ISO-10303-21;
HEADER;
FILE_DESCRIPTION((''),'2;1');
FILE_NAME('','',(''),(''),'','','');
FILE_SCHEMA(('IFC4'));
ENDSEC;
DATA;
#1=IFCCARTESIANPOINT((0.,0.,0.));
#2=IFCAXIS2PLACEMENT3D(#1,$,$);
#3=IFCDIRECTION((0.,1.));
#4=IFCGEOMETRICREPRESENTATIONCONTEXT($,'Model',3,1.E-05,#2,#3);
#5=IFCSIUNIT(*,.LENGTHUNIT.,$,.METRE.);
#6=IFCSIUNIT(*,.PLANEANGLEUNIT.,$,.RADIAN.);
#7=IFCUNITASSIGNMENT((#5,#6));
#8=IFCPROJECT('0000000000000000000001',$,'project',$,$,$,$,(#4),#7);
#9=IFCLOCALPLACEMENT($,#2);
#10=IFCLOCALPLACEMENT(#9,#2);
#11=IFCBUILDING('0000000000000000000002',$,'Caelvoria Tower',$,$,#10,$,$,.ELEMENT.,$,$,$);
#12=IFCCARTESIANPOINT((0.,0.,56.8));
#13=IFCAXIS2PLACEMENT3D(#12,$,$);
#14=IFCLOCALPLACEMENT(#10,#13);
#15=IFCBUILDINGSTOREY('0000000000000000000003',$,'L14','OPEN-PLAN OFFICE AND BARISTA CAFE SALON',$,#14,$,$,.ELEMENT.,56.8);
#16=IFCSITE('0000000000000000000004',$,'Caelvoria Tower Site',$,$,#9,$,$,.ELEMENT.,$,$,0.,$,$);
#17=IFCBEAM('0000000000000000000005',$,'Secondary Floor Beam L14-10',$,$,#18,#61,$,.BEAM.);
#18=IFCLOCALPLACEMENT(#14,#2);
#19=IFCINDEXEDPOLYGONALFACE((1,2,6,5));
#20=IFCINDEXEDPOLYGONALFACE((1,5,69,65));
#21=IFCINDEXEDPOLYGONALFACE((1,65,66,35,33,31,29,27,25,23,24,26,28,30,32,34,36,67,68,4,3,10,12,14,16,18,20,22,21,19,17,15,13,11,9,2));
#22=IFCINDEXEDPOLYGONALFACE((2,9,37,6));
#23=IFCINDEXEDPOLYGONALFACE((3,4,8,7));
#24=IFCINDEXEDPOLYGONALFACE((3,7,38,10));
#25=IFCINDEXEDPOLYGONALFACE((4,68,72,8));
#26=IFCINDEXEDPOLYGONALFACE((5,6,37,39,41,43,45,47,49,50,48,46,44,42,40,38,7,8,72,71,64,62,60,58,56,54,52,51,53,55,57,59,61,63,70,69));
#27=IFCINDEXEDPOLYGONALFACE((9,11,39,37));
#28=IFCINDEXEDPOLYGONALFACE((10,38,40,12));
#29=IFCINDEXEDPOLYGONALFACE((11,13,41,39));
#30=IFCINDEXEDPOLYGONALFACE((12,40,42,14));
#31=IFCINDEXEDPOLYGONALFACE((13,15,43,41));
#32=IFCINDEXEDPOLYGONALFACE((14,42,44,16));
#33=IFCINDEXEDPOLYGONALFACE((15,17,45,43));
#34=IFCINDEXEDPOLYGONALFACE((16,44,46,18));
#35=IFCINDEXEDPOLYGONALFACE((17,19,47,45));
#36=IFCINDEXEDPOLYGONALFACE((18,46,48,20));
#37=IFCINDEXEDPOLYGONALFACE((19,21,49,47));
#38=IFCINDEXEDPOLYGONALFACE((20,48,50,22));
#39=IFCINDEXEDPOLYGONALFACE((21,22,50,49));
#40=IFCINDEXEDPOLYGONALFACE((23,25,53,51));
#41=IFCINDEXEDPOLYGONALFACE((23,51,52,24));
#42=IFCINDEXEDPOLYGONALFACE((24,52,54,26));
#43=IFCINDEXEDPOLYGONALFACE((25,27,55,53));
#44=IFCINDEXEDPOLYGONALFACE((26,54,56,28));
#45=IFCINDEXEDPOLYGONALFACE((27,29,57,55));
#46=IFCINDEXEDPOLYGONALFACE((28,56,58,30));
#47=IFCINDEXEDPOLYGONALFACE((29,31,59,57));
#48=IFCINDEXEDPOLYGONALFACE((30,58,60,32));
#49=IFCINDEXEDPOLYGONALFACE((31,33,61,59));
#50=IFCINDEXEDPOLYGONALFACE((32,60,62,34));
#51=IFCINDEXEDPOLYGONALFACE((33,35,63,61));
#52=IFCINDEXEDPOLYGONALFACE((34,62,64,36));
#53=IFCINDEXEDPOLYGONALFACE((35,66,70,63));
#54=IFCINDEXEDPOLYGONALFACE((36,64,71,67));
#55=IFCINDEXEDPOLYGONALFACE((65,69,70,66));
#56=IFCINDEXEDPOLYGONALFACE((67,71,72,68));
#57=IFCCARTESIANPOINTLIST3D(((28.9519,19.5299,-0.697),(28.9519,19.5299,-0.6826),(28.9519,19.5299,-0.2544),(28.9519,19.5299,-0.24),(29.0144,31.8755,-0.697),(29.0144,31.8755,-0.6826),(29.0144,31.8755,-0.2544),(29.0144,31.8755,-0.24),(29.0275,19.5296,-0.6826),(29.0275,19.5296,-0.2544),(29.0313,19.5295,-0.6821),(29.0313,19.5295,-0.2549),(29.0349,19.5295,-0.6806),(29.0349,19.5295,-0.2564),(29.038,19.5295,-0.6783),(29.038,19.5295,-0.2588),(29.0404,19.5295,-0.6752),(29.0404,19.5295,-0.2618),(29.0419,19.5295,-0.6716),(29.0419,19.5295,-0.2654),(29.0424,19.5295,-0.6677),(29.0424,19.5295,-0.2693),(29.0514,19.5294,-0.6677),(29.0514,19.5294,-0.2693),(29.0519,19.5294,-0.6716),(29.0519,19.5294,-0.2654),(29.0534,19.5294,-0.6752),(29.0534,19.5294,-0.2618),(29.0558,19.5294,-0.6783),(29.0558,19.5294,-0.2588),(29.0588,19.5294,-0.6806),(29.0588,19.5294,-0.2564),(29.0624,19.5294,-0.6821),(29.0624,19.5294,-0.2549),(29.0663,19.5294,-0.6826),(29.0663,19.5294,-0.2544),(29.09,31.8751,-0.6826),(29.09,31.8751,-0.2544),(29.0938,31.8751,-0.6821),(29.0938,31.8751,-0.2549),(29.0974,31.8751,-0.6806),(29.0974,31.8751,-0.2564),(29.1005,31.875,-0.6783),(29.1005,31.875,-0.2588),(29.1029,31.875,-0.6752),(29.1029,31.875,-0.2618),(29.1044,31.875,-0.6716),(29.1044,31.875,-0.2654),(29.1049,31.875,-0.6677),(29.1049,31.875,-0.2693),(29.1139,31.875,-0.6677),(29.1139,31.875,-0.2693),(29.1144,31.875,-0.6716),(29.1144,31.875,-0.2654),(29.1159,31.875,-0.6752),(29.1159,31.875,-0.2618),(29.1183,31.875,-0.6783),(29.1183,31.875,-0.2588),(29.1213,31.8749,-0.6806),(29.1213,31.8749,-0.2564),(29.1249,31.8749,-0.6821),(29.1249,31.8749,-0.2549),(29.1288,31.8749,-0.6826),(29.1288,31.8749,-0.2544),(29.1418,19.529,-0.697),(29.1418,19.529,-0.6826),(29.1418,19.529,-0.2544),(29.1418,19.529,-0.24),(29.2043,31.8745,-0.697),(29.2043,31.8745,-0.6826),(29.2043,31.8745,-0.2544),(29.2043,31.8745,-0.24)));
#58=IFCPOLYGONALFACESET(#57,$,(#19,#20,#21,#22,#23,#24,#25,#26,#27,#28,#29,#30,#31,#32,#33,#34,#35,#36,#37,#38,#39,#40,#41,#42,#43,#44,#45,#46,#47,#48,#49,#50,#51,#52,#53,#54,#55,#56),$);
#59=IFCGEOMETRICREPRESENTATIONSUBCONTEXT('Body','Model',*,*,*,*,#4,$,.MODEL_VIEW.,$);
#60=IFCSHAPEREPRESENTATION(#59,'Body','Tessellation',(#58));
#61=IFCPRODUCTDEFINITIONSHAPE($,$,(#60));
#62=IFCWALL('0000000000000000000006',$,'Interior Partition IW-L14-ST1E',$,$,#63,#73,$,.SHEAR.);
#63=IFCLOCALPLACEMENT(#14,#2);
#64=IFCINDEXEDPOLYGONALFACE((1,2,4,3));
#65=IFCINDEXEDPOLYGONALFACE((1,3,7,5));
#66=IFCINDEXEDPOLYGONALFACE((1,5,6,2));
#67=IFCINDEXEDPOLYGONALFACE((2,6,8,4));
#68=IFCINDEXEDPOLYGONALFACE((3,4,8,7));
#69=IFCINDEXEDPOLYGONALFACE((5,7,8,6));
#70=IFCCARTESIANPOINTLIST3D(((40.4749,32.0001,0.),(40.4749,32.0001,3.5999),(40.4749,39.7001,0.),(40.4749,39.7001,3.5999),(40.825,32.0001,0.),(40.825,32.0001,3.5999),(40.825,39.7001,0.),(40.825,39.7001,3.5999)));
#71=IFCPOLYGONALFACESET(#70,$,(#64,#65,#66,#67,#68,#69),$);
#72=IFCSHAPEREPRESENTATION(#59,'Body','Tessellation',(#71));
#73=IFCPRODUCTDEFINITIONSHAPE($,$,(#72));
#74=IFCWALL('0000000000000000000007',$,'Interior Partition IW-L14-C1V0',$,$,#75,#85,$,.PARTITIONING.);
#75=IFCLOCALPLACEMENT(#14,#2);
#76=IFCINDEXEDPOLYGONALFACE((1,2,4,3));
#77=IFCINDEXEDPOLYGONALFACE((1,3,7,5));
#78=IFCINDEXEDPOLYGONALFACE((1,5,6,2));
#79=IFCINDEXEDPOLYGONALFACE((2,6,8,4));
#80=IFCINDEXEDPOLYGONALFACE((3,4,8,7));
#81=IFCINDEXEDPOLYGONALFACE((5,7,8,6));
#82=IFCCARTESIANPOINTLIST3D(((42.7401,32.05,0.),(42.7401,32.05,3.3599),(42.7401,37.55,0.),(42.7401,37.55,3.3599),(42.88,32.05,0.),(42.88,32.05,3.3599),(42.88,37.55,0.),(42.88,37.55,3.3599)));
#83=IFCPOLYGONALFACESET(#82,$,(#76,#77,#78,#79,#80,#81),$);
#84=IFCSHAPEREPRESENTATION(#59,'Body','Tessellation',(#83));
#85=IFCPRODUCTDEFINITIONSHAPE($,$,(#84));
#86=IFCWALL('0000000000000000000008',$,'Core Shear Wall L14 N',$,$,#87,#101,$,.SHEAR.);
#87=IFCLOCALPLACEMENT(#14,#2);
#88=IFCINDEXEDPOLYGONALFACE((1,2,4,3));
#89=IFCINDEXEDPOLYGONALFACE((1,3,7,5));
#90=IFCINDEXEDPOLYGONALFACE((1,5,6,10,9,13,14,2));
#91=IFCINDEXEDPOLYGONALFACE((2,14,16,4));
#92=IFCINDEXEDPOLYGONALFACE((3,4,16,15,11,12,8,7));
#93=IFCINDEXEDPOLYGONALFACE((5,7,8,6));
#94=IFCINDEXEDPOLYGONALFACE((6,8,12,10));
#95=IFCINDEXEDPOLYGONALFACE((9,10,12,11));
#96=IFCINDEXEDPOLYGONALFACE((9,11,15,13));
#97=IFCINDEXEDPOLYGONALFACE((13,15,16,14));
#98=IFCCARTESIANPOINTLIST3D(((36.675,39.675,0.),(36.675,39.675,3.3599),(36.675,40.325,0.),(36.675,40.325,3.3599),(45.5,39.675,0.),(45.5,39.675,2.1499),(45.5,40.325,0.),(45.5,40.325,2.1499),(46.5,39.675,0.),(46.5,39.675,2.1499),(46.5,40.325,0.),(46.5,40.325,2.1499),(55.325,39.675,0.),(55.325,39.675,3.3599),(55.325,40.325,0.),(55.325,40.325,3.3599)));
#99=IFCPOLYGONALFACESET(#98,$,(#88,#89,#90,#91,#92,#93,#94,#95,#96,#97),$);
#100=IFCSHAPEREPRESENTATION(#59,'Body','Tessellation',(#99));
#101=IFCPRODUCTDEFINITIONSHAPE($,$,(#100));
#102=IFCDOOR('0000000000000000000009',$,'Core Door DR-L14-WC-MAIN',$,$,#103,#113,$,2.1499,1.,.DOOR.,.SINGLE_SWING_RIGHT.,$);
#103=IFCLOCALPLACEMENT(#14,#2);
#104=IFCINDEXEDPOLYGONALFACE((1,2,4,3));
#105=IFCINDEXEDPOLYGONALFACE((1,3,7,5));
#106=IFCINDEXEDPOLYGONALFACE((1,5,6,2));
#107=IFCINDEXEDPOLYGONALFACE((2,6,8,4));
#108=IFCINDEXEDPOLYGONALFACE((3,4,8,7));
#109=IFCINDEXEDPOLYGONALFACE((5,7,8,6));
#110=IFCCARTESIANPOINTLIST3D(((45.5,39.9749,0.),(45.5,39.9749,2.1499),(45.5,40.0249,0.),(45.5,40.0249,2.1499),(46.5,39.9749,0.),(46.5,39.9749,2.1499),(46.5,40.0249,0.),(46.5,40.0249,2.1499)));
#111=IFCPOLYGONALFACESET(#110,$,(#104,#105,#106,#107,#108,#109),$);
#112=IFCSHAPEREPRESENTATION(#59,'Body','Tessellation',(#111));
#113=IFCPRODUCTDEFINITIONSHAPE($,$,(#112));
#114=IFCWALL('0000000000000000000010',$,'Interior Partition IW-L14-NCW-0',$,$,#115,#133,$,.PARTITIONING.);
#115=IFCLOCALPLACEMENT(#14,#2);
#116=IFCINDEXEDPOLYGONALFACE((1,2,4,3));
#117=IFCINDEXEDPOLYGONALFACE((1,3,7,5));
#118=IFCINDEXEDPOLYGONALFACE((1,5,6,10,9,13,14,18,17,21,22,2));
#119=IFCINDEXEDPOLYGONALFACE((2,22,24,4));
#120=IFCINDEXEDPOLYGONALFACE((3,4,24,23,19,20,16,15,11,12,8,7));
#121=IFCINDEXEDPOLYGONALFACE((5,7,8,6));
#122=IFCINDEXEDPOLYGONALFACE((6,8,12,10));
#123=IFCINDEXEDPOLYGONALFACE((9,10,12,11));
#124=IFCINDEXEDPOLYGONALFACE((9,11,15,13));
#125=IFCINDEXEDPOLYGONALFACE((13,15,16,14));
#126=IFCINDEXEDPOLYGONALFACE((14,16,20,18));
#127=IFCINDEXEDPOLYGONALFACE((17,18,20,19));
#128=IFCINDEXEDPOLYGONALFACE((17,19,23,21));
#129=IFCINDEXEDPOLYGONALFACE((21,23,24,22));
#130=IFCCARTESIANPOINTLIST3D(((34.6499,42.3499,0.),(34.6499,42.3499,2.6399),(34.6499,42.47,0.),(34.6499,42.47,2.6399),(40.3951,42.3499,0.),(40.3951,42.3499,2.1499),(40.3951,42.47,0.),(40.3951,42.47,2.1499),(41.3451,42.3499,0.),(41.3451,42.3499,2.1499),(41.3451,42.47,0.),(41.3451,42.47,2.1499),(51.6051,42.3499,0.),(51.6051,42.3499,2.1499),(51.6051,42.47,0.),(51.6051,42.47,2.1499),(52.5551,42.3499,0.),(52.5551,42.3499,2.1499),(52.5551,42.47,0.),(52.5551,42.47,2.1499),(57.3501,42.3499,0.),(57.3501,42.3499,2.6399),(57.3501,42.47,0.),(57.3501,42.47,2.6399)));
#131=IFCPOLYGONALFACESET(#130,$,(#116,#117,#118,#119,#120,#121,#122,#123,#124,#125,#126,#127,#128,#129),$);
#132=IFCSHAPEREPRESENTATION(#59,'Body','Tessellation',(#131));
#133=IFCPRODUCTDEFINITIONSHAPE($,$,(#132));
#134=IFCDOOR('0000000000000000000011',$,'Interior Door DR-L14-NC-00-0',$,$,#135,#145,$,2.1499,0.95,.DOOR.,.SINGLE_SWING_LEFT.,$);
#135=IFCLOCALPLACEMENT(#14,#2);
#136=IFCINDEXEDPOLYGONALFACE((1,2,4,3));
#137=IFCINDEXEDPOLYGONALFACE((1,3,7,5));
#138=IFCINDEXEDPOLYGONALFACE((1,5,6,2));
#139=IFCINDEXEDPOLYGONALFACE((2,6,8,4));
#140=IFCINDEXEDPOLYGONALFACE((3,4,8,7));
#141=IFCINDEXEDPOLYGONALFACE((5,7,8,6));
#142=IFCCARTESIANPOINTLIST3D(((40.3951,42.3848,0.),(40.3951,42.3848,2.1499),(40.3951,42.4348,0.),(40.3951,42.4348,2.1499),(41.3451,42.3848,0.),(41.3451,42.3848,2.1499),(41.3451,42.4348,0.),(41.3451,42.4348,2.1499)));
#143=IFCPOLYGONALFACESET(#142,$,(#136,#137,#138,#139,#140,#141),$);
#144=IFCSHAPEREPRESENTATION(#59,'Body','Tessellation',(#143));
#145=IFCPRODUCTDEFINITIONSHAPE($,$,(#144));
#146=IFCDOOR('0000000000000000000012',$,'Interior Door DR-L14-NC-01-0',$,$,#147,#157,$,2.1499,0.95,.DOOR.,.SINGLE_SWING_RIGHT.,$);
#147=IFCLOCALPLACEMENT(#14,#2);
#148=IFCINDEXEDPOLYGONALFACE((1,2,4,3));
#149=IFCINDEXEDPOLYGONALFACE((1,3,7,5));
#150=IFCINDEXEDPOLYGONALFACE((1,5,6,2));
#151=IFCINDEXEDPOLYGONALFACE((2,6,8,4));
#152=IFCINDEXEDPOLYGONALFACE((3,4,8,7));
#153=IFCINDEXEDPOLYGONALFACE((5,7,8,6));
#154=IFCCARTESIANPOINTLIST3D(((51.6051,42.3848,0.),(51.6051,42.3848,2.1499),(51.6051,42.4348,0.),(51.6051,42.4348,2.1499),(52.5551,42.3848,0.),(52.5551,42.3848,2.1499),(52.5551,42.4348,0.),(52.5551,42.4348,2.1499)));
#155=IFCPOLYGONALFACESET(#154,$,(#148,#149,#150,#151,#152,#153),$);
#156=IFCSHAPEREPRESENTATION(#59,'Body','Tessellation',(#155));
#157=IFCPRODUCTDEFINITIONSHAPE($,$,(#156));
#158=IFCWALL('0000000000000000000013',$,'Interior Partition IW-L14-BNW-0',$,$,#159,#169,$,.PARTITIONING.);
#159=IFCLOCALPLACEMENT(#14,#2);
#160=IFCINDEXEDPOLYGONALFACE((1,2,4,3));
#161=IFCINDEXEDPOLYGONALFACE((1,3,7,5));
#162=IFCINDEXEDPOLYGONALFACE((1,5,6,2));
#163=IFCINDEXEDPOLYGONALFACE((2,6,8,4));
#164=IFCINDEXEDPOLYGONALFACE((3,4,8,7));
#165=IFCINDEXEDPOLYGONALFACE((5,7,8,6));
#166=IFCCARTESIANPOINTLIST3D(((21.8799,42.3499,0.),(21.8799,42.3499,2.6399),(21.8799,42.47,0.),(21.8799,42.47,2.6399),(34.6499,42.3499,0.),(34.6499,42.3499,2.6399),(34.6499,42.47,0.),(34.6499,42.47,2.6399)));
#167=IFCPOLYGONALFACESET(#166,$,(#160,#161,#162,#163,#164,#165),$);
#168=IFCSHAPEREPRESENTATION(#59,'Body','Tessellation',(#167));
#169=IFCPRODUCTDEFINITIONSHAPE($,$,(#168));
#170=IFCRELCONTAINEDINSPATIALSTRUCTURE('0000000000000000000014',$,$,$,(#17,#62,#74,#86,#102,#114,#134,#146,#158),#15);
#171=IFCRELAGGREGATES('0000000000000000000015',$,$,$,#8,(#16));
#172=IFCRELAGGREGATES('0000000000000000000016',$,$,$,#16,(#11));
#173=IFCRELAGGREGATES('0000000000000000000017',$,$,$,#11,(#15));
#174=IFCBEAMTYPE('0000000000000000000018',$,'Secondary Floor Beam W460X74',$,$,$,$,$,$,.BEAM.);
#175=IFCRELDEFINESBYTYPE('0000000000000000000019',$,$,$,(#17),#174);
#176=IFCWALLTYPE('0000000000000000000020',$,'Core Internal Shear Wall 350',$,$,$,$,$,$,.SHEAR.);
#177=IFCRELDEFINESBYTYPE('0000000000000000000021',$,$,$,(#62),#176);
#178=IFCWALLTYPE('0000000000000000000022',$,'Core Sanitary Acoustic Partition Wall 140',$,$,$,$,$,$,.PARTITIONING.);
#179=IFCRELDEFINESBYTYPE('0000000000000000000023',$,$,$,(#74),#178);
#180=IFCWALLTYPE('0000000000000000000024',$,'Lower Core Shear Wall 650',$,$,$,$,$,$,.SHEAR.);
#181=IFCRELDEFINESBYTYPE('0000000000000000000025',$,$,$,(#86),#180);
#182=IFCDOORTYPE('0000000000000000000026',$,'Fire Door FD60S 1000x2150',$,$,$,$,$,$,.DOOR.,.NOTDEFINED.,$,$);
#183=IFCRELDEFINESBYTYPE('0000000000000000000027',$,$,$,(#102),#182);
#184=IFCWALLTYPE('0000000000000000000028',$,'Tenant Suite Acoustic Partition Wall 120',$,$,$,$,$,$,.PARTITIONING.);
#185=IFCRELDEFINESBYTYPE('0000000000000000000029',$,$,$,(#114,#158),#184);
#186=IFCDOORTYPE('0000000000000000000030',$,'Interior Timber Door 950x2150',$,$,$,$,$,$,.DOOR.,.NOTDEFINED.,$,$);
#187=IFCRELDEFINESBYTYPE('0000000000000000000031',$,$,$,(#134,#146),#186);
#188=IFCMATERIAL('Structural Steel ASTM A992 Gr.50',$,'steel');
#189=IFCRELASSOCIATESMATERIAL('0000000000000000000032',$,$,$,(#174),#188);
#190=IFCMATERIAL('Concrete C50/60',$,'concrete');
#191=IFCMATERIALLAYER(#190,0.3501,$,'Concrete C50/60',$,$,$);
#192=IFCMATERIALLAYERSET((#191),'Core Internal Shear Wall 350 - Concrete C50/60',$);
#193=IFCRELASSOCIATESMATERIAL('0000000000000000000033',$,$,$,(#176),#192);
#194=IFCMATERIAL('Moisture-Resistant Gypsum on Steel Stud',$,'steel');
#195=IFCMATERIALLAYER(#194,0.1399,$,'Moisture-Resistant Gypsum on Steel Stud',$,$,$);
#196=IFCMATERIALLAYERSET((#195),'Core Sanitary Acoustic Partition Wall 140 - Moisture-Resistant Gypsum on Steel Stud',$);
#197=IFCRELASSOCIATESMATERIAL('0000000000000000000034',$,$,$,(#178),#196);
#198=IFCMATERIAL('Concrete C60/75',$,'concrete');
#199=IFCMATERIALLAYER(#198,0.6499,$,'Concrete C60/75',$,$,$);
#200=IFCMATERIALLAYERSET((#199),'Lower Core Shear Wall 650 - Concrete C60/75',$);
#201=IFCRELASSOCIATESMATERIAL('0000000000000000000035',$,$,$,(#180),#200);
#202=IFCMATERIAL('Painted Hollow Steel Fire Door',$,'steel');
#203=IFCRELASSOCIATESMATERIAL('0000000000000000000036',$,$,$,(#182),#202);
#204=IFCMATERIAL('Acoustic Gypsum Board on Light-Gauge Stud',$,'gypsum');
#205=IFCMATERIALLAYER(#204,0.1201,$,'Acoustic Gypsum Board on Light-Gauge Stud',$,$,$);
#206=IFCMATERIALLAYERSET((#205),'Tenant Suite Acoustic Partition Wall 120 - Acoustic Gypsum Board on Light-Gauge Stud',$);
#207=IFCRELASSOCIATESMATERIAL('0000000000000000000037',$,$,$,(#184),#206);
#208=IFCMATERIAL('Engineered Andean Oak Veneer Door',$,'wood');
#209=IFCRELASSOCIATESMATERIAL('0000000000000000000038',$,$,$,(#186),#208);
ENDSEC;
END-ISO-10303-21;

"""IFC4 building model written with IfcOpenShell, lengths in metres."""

from ifc_helpers import new_model, si_unit, direction, frame, frame_2d, origin, origin_2d, place, context, subcontext, project, spatial, rectangle, i_section, extrude, material, layer, layer_set, material_profile, profile_set, type_object, element, fill, save


model = new_model("IFC4")

# Units and contexts
model_context = context("Model", 3, precision=1e-05, world=origin(), true_north=direction((0.0, 1.0)))
body_context = subcontext(model_context, "Body", "Model", "MODEL_VIEW")
ifc_project = project(units=[si_unit("LENGTHUNIT", "METRE"), si_unit("PLANEANGLEUNIT", "RADIAN")], contexts=[model_context])

# Site, building, storey
site_placement = place(None, origin())
site = spatial("IfcSite", under=ifc_project, at=site_placement, Name="Caelvoria Tower Site", CompositionType="ELEMENT", RefElevation=0.0)
building_placement = place(site_placement, origin())
building = spatial("IfcBuilding", under=site, at=building_placement, Name="Caelvoria Tower", CompositionType="ELEMENT")
storey_placement = place(building_placement, frame((0.0, 0.0, 56.8)))
storey = spatial("IfcBuildingStorey", under=building, at=storey_placement, Name="L14", Description="OPEN-PLAN OFFICE AND BARISTA CAFE SALON", CompositionType="ELEMENT", Elevation=56.8)

# Beam
ifc_material_1 = material(Name="Structural Steel ASTM A992 Gr.50", Category="steel")
ifc_material_profile_1 = material_profile(ifc_material_1, i_section(OverallWidth=0.1899, OverallDepth=0.457, WebThickness=0.009, FlangeThickness=0.0144, FilletRadius=0.0149, at=origin_2d()), Name="Structural Steel ASTM A992 Gr.50")
ifc_profile_set_1 = profile_set([ifc_material_profile_1], Name="W460X74 - Structural Steel ASTM A992 Gr.50")
beam_type_1 = type_object("IfcBeamType", Name="Secondary Floor Beam W460X74", PredefinedType="BEAM", material=ifc_profile_set_1)
for number, where, z_axis, x_axis, name in (
    (1, (29.1094, 31.875, -0.4685), (-0.005063, -0.999987, 0.0), (0.999987, -0.005063, 0.0), "Secondary Floor Beam L14-10"),
):
    element("IfcBeam", number, at=place(storey_placement, frame(where, z_axis=z_axis, x_axis=x_axis)), inside=storey, type_object=beam_type_1, Name=name, PredefinedType="BEAM", context=body_context, shape_type="SweptSolid", body=[
        extrude(i_section(OverallWidth=0.1899, OverallDepth=0.457, WebThickness=0.009, FlangeThickness=0.0144, FilletRadius=0.0149, at=origin_2d()), origin(), (0.0, 0.0, 1.0), 12.3457),
    ])

# Walls
ifc_material_2 = material(Name="Concrete C50/60", Category="concrete")
ifc_layer_1 = layer(ifc_material_2, 0.3501, Name="Concrete C50/60")
ifc_layer_set_1 = layer_set([ifc_layer_1], Name="Core Internal Shear Wall 350 - Concrete C50/60")
wall_type_1 = type_object("IfcWallType", Name="Core Internal Shear Wall 350", PredefinedType="SHEAR", material=ifc_layer_set_1)
wall_1_placement = place(storey_placement, frame((40.6499, 32.0, 0.0), z_axis=(0.0, 0.0, 1.0), x_axis=(0.0, 1.0, 0.0)))
element("IfcWall", 2, at=wall_1_placement, inside=storey, type_object=wall_type_1, Name="Interior Partition IW-L14-ST1E", PredefinedType="SHEAR", context=body_context, shape_type="SweptSolid", body=[
    extrude(rectangle(XDim=7.7, YDim=0.3501, at=frame_2d((3.8501, 0.0))), origin(), (0.0, 0.0, 1.0), 3.5999),
])
ifc_material_3 = material(Name="Moisture-Resistant Gypsum on Steel Stud", Category="steel")
ifc_layer_2 = layer(ifc_material_3, 0.1399, Name="Moisture-Resistant Gypsum on Steel Stud")
ifc_layer_set_2 = layer_set([ifc_layer_2], Name="Core Sanitary Acoustic Partition Wall 140 - Moisture-Resistant Gypsum on Steel Stud")
wall_type_2 = type_object("IfcWallType", Name="Core Sanitary Acoustic Partition Wall 140", PredefinedType="PARTITIONING", material=ifc_layer_set_2)
wall_2_placement = place(storey_placement, frame((42.8101, 32.05, 0.0), z_axis=(0.0, 0.0, 1.0), x_axis=(0.0, 1.0, 0.0)))
element("IfcWall", 3, at=wall_2_placement, inside=storey, type_object=wall_type_2, Name="Interior Partition IW-L14-C1V0", PredefinedType="PARTITIONING", context=body_context, shape_type="SweptSolid", body=[
    extrude(rectangle(XDim=5.5, YDim=0.1399, at=frame_2d((2.75, 0.0))), origin(), (0.0, 0.0, 1.0), 3.3599),
])

# Shared definitions
ifc_material_4 = material(Name="Engineered Andean Oak Veneer Door", Category="wood")

# Wall, opening, door
ifc_material_5 = material(Name="Concrete C60/75", Category="concrete")
ifc_layer_3 = layer(ifc_material_5, 0.6499, Name="Concrete C60/75")
ifc_layer_set_3 = layer_set([ifc_layer_3], Name="Lower Core Shear Wall 650 - Concrete C60/75")
wall_type_3 = type_object("IfcWallType", Name="Lower Core Shear Wall 650", PredefinedType="SHEAR", material=ifc_layer_set_3)
wall_3_placement = place(storey_placement, frame((36.675, 40.0, 0.0), z_axis=(0.0, 0.0, 1.0), x_axis=(1.0, 0.0, 0.0)))
wall_3 = element("IfcWall", 4, at=wall_3_placement, inside=storey, type_object=wall_type_3, Name="Core Shear Wall L14 N", PredefinedType="SHEAR", context=body_context, shape_type="SweptSolid", body=[
    extrude(rectangle(XDim=18.6499, YDim=0.6499, at=frame_2d((9.325, 0.0))), origin(), (0.0, 0.0, 1.0), 3.3599),
])
opening_1_placement = place(wall_3_placement, frame((8.825, 0.0, 0.0)))
opening_1 = element("IfcOpeningElement", 5, at=opening_1_placement, cuts=wall_3, PredefinedType="OPENING", context=body_context, shape_type="SweptSolid", body=[
    extrude(rectangle(XDim=1.0, YDim=2.1499, at=frame_2d((0.5, 1.075))), frame((0.0, 0.335, 0.0), z_axis=(0.0, -1.0, 0.0), x_axis=(1.0, 0.0, 0.0)), (0.0, 0.0, 1.0), 0.6699),
])
ifc_material_6 = material(Name="Painted Hollow Steel Fire Door", Category="steel")
door_type_1 = type_object("IfcDoorType", Name="Fire Door FD60S 1000x2150", OperationType="NOTDEFINED", PredefinedType="DOOR", material=ifc_material_6)
door_1_placement = place(opening_1_placement, origin())
door_1 = element("IfcDoor", 6, at=door_1_placement, inside=storey, type_object=door_type_1, Name="Core Door DR-L14-WC-MAIN", OperationType="SINGLE_SWING_RIGHT", OverallHeight=2.1499, OverallWidth=1.0, PredefinedType="DOOR", context=body_context, shape_type="SweptSolid", body=[
    extrude(rectangle(XDim=1.0, YDim=2.1499, at=frame_2d((0.5, 1.075))), frame((0.0, 0.0249, 0.0), z_axis=(0.0, -1.0, 0.0), x_axis=(1.0, 0.0, 0.0)), (0.0, 0.0, 1.0), 0.05),
])
fill(opening_1, door_1)

# Wall, openings, doors
ifc_material_7 = material(Name="Acoustic Gypsum Board on Light-Gauge Stud", Category="gypsum")
ifc_layer_4 = layer(ifc_material_7, 0.1201, Name="Acoustic Gypsum Board on Light-Gauge Stud")
ifc_layer_set_4 = layer_set([ifc_layer_4], Name="Tenant Suite Acoustic Partition Wall 120 - Acoustic Gypsum Board on Light-Gauge Stud")
wall_type_4 = type_object("IfcWallType", Name="Tenant Suite Acoustic Partition Wall 120", PredefinedType="PARTITIONING", material=ifc_layer_set_4)
wall_4_placement = place(storey_placement, frame((34.6499, 42.4099, 0.0), z_axis=(0.0, 0.0, 1.0), x_axis=(1.0, 0.0, 0.0)))
wall_4 = element("IfcWall", 7, at=wall_4_placement, inside=storey, type_object=wall_type_4, Name="Interior Partition IW-L14-NCW-0", PredefinedType="PARTITIONING", context=body_context, shape_type="SweptSolid", body=[
    extrude(rectangle(XDim=22.7002, YDim=0.1201, at=frame_2d((11.3501, 0.0))), origin(), (0.0, 0.0, 1.0), 2.6399),
])
opening_2_placement = place(wall_4_placement, frame((5.7451, 0.0, 0.0)))
opening_2 = element("IfcOpeningElement", 8, at=opening_2_placement, cuts=wall_4, PredefinedType="OPENING", context=body_context, shape_type="SweptSolid", body=[
    extrude(rectangle(XDim=0.95, YDim=2.1499, at=frame_2d((0.4751, 1.075))), frame((0.0, 0.0701, 0.0), z_axis=(0.0, -1.0, 0.0), x_axis=(1.0, 0.0, 0.0)), (0.0, 0.0, 1.0), 0.1401),
])
opening_3_placement = place(wall_4_placement, frame((16.9551, 0.0, 0.0)))
opening_3 = element("IfcOpeningElement", 9, at=opening_3_placement, cuts=wall_4, PredefinedType="OPENING", context=body_context, shape_type="SweptSolid", body=[
    extrude(rectangle(XDim=0.95, YDim=2.1499, at=frame_2d((0.4751, 1.075))), frame((0.0, 0.0701, 0.0), z_axis=(0.0, -1.0, 0.0), x_axis=(1.0, 0.0, 0.0)), (0.0, 0.0, 1.0), 0.1401),
])
door_type_2 = type_object("IfcDoorType", Name="Interior Timber Door 950x2150", OperationType="NOTDEFINED", PredefinedType="DOOR", material=ifc_material_4)
door_2_placement = place(opening_2_placement, origin())
door_2 = element("IfcDoor", 10, at=door_2_placement, inside=storey, type_object=door_type_2, Name="Interior Door DR-L14-NC-00-0", OperationType="SINGLE_SWING_LEFT", OverallHeight=2.1499, OverallWidth=0.95, PredefinedType="DOOR", context=body_context, shape_type="SweptSolid", body=[
    extrude(rectangle(XDim=0.95, YDim=2.1499, at=frame_2d((0.4751, 1.075))), frame((0.0, 0.0249, 0.0), z_axis=(0.0, -1.0, 0.0), x_axis=(1.0, 0.0, 0.0)), (0.0, 0.0, 1.0), 0.05),
])
fill(opening_2, door_2)
door_3_placement = place(opening_3_placement, origin())
door_3 = element("IfcDoor", 11, at=door_3_placement, inside=storey, type_object=door_type_2, Name="Interior Door DR-L14-NC-01-0", OperationType="SINGLE_SWING_RIGHT", OverallHeight=2.1499, OverallWidth=0.95, PredefinedType="DOOR", context=body_context, shape_type="SweptSolid", body=[
    extrude(rectangle(XDim=0.95, YDim=2.1499, at=frame_2d((0.4751, 1.075))), frame((0.0, 0.0249, 0.0), z_axis=(0.0, -1.0, 0.0), x_axis=(1.0, 0.0, 0.0)), (0.0, 0.0, 1.0), 0.05),
])
fill(opening_3, door_3)

# Wall
wall_5_placement = place(storey_placement, frame((34.6499, 42.4099, 0.0), z_axis=(0.0, 0.0, 1.0), x_axis=(-1.0, 0.0, 0.0)))
element("IfcWall", 12, at=wall_5_placement, inside=storey, type_object=wall_type_4, Name="Interior Partition IW-L14-BNW-0", PredefinedType="PARTITIONING", context=body_context, shape_type="SweptSolid", body=[
    extrude(rectangle(XDim=12.77, YDim=0.1201, at=frame_2d((6.385, 0.0))), origin(), (0.0, 0.0, 1.0), 2.6399),
])

save(model, "model.ifc")
